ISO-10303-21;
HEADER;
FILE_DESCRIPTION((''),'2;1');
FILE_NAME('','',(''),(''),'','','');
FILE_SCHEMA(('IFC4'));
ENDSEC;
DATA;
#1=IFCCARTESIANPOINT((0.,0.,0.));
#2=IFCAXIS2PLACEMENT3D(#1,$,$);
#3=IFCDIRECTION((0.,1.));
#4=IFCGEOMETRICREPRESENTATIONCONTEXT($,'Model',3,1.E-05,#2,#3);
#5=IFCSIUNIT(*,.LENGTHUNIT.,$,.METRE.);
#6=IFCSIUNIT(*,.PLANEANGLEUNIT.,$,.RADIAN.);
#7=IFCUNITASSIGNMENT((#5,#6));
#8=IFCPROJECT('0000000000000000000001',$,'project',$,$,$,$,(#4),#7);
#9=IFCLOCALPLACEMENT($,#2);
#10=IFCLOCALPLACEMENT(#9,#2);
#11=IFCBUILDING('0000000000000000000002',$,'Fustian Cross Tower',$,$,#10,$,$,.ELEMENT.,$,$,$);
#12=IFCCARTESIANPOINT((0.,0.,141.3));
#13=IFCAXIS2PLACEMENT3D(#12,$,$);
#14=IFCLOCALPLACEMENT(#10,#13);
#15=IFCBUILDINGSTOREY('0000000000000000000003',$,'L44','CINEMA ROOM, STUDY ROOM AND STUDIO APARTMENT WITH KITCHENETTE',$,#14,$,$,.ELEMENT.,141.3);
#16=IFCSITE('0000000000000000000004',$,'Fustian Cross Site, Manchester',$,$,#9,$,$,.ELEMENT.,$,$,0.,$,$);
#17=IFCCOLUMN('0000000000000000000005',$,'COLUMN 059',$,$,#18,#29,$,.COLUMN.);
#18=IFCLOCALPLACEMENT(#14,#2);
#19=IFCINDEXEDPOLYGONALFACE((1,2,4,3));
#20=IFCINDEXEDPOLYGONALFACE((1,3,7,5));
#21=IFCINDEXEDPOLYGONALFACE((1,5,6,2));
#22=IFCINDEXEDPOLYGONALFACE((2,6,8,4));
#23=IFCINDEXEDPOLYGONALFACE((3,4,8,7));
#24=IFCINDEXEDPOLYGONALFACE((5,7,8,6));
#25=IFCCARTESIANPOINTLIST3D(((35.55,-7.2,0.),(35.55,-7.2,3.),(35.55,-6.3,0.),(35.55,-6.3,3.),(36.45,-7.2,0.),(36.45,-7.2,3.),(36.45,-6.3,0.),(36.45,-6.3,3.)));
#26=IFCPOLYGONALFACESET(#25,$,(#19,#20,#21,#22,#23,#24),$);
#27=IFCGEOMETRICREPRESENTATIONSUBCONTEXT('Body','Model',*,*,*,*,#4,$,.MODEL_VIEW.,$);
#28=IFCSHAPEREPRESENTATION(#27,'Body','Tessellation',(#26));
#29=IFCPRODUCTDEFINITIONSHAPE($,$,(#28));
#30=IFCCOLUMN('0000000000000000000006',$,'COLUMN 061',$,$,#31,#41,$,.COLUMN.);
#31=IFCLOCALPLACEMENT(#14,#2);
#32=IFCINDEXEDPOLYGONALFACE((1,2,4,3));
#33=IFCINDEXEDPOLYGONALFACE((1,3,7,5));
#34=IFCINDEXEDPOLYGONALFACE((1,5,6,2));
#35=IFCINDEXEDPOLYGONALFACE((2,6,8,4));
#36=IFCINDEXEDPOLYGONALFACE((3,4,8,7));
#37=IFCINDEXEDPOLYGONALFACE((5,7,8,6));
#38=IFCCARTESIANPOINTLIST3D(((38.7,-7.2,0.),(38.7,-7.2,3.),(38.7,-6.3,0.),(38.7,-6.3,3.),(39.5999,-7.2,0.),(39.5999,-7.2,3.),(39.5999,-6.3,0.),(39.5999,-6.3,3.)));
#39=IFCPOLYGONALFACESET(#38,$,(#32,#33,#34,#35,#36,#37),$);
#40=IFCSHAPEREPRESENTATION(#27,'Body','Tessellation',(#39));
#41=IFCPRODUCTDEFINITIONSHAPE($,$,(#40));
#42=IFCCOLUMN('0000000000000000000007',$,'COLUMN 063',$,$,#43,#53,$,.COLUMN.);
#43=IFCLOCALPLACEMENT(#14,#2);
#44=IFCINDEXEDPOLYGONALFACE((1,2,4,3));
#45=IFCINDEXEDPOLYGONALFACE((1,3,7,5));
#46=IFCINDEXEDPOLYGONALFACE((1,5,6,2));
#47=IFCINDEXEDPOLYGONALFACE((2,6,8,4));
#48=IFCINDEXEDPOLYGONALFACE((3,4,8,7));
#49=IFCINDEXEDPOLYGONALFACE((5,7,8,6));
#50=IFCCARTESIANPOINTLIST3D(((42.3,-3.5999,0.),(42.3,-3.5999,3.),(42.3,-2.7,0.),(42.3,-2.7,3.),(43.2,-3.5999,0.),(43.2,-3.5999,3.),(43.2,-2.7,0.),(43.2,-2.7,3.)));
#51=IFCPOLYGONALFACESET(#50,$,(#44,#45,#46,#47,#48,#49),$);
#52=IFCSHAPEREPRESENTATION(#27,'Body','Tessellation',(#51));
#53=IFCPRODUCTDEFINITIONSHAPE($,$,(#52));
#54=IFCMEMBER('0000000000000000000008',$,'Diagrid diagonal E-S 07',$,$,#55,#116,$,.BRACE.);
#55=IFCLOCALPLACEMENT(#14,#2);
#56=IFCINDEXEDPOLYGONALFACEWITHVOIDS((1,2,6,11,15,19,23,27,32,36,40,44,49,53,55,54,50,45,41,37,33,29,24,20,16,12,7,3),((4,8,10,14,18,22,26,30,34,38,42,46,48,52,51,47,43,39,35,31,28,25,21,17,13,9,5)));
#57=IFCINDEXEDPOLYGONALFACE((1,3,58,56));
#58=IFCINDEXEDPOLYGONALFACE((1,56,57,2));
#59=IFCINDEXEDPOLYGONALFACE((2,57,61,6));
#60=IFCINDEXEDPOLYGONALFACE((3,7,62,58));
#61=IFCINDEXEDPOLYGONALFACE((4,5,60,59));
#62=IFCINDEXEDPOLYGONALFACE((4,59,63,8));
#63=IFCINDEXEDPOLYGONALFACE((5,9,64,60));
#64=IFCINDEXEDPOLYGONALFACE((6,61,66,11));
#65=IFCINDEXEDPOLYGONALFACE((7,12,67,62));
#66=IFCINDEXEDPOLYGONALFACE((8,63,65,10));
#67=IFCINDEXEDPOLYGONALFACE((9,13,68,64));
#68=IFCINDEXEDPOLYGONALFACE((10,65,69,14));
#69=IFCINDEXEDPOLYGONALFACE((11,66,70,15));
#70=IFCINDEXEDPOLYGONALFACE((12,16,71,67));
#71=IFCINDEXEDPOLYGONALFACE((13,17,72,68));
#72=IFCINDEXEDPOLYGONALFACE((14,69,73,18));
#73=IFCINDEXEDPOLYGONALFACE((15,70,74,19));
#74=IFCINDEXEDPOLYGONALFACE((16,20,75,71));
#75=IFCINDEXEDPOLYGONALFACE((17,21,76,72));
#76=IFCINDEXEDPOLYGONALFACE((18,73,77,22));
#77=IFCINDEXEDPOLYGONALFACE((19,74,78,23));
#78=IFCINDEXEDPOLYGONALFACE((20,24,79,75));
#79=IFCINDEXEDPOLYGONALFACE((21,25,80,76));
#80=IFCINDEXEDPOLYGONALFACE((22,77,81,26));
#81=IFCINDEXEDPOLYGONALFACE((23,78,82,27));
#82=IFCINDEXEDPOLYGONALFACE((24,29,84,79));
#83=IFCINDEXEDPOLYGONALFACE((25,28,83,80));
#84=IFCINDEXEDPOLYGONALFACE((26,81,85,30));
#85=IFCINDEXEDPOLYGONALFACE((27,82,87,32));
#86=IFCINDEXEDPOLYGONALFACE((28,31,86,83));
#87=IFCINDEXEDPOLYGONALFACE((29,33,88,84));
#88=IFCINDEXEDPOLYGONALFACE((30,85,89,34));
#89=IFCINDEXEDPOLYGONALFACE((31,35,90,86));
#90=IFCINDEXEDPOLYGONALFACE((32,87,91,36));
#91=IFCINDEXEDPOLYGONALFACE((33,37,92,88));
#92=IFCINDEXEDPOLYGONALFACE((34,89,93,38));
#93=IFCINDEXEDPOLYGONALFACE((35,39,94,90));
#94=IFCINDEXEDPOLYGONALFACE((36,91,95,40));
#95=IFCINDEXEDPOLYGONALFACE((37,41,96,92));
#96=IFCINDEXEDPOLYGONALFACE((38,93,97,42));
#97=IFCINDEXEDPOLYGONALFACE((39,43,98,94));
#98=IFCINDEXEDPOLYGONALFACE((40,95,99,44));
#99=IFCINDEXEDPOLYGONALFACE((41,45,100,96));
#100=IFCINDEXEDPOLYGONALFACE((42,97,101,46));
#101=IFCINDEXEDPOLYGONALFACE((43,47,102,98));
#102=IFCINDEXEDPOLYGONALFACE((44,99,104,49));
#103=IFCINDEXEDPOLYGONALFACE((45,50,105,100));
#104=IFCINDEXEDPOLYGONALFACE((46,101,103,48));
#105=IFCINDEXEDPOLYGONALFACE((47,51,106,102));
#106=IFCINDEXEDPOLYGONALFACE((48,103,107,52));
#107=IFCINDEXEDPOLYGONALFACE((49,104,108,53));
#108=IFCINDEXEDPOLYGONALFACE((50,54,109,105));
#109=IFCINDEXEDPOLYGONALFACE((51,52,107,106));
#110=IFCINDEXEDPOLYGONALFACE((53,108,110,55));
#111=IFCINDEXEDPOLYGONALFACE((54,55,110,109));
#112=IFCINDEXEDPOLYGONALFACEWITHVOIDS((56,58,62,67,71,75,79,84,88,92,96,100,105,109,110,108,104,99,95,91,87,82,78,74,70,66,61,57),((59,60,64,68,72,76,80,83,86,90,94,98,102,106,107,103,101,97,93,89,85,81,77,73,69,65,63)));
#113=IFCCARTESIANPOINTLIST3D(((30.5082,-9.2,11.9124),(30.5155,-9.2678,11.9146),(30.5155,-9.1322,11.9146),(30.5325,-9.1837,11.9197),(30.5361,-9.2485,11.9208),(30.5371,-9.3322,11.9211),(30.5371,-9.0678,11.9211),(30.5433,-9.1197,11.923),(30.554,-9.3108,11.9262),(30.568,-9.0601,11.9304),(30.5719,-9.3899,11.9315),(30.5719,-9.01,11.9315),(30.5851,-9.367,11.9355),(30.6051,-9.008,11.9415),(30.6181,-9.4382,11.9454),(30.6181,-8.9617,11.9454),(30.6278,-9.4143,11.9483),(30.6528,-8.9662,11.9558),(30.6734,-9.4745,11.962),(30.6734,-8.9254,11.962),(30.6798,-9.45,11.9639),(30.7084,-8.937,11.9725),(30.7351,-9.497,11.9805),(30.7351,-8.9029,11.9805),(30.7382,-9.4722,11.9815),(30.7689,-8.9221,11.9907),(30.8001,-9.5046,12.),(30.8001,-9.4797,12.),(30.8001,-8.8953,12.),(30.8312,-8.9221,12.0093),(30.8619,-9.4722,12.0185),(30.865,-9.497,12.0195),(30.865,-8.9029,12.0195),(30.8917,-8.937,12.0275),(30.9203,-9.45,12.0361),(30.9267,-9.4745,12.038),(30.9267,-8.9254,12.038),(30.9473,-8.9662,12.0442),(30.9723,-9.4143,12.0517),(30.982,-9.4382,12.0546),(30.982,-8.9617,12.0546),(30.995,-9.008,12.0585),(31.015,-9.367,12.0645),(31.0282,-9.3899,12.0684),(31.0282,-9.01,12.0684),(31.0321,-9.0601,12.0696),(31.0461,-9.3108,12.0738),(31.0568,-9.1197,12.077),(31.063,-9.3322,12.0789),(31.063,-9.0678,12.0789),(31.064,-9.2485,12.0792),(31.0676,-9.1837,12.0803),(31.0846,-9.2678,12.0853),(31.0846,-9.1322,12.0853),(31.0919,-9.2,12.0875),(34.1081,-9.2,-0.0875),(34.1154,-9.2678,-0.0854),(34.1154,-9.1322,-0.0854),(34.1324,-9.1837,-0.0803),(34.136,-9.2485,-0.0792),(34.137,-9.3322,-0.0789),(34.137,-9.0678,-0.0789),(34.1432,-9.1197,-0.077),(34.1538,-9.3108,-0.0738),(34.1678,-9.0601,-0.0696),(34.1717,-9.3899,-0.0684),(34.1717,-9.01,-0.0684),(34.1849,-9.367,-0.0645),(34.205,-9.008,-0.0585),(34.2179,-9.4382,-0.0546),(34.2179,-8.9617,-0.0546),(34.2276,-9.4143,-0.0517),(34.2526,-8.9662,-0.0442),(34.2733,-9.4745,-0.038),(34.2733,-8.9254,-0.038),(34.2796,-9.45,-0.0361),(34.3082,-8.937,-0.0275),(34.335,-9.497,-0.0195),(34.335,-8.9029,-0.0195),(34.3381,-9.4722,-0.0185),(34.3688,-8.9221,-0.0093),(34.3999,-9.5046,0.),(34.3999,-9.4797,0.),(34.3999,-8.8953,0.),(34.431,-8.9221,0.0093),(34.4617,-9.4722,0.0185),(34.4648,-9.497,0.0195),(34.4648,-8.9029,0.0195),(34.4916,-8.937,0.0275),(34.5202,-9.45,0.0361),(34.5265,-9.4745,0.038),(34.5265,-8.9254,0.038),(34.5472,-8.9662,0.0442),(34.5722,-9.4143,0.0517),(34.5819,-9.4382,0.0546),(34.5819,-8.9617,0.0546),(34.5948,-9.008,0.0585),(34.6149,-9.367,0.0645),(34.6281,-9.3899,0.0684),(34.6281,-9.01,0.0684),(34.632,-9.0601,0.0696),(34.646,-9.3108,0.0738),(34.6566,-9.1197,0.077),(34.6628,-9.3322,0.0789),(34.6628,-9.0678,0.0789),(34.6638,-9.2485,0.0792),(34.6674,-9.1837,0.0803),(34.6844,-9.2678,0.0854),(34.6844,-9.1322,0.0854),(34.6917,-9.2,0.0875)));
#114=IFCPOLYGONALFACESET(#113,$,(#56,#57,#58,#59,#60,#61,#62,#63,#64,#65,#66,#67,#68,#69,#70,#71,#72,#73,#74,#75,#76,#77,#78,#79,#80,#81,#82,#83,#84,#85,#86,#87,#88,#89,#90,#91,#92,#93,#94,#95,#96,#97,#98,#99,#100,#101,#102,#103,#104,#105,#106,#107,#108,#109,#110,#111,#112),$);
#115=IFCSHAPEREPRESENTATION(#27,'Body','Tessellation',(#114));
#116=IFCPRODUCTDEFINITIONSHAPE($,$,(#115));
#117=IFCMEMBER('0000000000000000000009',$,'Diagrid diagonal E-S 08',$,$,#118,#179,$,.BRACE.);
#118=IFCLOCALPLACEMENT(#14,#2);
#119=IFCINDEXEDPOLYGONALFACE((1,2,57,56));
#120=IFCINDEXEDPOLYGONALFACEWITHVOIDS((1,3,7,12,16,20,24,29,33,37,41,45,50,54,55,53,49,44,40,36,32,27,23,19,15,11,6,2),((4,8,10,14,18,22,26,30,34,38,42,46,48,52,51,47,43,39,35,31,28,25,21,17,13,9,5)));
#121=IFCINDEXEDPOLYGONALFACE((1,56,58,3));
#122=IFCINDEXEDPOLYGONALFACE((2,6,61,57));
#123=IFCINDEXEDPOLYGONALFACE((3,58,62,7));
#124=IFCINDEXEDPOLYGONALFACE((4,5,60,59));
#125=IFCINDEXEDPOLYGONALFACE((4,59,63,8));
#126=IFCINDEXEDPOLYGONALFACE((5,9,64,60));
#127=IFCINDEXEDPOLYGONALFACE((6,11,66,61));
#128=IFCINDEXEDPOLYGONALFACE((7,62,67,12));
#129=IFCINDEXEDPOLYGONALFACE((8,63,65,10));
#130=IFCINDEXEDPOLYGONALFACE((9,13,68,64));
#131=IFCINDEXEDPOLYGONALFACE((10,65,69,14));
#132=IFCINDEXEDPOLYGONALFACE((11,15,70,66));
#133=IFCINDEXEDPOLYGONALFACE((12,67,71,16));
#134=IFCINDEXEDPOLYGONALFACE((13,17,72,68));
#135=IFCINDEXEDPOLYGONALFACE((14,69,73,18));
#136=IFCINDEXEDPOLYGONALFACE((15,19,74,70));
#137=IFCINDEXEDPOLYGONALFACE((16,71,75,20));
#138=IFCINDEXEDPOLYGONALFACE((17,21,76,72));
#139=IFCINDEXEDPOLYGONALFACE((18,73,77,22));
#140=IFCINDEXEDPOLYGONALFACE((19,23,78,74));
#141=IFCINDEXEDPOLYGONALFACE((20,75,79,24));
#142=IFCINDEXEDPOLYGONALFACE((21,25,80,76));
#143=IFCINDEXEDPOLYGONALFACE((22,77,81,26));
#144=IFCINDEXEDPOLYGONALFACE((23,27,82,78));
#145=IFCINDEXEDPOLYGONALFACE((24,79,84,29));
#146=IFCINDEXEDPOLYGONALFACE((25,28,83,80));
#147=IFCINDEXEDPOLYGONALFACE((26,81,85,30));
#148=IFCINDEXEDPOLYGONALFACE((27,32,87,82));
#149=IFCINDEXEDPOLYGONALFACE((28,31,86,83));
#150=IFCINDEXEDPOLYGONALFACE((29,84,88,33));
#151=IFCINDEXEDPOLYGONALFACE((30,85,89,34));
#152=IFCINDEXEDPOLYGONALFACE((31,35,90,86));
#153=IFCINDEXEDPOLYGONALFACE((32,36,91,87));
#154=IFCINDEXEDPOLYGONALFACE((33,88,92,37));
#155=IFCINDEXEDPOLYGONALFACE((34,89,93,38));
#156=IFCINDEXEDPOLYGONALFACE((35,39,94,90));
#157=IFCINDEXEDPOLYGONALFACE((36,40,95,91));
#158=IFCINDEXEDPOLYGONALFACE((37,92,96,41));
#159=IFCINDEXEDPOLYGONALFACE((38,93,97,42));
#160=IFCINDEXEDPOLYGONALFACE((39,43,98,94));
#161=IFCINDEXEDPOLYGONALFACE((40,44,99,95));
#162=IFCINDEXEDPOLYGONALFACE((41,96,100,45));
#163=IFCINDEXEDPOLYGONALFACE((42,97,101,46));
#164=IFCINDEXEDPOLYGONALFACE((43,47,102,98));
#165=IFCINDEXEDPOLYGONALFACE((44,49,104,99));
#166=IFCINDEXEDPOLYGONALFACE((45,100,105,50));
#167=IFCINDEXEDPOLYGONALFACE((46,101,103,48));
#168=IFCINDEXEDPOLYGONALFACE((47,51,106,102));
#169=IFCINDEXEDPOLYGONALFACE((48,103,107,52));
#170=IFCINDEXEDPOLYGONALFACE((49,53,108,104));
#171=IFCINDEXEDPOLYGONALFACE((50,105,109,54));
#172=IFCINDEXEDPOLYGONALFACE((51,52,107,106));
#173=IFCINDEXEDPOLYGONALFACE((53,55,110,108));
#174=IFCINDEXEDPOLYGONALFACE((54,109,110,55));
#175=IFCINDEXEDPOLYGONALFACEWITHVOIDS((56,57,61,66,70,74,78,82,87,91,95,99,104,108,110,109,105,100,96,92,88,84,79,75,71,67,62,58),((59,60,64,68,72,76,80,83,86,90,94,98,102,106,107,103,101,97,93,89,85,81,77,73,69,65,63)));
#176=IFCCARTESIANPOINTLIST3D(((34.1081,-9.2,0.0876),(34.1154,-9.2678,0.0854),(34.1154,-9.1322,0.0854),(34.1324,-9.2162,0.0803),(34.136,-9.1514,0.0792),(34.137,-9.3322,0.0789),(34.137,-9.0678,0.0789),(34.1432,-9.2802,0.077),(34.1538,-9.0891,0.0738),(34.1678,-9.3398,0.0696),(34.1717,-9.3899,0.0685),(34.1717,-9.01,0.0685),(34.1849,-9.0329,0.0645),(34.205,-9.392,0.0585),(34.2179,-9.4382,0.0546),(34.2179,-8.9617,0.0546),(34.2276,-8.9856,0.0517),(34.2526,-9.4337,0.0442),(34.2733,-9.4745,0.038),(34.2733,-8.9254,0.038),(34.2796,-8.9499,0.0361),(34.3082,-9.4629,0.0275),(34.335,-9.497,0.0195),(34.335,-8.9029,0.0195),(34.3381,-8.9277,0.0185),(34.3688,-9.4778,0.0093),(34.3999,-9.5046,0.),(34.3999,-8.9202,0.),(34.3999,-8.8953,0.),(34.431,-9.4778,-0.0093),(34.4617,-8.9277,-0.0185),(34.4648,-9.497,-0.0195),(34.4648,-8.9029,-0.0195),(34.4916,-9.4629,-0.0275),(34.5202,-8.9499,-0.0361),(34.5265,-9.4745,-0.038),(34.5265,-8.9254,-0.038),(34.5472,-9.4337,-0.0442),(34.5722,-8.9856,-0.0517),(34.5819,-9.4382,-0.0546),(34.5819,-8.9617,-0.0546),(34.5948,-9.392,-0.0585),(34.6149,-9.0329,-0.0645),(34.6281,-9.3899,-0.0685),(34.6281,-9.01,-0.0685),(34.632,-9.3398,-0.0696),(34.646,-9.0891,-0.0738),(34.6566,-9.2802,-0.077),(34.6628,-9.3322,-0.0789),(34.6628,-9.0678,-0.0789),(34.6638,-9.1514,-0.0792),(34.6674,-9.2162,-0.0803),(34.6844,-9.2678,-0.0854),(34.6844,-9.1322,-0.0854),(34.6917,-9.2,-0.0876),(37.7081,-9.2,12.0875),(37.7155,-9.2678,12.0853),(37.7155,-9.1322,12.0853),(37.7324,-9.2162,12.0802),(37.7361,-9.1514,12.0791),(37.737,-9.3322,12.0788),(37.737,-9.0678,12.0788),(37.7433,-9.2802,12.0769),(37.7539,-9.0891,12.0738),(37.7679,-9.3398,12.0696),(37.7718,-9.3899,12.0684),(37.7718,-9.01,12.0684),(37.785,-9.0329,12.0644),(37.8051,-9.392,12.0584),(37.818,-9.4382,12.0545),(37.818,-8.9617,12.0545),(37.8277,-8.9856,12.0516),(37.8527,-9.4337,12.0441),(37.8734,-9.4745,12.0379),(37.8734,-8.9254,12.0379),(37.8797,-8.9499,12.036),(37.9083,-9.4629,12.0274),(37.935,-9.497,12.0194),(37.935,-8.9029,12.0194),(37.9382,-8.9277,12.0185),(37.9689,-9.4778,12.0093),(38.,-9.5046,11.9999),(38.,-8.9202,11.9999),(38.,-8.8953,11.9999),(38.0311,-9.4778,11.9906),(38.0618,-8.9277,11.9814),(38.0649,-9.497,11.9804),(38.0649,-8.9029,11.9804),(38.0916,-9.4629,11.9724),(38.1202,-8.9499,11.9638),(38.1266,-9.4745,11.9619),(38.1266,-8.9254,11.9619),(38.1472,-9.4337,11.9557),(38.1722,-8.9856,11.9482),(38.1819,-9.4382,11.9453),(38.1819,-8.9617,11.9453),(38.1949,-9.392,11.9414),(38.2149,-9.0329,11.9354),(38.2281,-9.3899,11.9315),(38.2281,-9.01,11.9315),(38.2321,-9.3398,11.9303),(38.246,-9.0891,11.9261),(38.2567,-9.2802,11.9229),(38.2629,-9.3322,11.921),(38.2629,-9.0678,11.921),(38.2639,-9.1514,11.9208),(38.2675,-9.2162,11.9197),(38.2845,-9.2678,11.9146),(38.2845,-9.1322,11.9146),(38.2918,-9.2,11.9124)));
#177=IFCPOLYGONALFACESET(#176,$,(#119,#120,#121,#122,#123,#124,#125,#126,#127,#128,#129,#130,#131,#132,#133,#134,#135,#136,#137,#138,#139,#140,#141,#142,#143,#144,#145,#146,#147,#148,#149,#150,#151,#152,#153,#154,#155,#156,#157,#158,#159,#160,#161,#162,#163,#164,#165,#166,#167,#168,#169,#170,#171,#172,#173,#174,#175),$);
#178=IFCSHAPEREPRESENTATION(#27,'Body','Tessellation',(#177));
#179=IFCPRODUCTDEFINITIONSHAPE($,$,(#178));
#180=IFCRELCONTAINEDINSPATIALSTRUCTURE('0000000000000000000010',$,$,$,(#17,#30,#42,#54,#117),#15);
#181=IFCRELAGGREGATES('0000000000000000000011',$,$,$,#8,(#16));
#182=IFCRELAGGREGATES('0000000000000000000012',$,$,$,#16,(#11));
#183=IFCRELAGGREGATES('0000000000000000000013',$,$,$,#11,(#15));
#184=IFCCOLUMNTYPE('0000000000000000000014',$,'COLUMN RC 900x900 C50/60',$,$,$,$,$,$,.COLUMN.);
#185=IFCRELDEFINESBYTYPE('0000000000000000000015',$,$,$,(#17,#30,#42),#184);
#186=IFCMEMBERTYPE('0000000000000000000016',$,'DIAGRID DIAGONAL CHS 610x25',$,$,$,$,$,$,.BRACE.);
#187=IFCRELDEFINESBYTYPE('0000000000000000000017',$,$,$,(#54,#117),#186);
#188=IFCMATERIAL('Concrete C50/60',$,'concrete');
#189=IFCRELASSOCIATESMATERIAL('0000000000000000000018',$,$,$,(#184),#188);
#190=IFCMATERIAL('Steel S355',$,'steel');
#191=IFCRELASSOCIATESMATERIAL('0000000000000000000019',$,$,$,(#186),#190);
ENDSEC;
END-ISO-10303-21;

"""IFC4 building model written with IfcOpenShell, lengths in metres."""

from ifc_helpers import new_model, si_unit, direction, frame, origin, origin_2d, place, context, subcontext, project, spatial, rectangle, hollow_circle, extrude, material, material_profile, profile_set, type_object, element, save


model = new_model("IFC4")

# Units and contexts
model_context = context("Model", 3, precision=1e-05, world=origin(), true_north=direction((0.0, 1.0)))
body_context = subcontext(model_context, "Body", "Model", "MODEL_VIEW")
ifc_project = project(units=[si_unit("LENGTHUNIT", "METRE"), si_unit("PLANEANGLEUNIT", "RADIAN")], contexts=[model_context])

# Site, building, storey
site_placement = place(None, origin())
site = spatial("IfcSite", under=ifc_project, at=site_placement, Name="Fustian Cross Site, Manchester", CompositionType="ELEMENT", RefElevation=0.0)
building_placement = place(site_placement, origin())
building = spatial("IfcBuilding", under=site, at=building_placement, Name="Fustian Cross Tower", CompositionType="ELEMENT")
storey_placement = place(building_placement, frame((0.0, 0.0, 141.3)))
storey = spatial("IfcBuildingStorey", under=building, at=storey_placement, Name="L44", Description="CINEMA ROOM, STUDY ROOM AND STUDIO APARTMENT WITH KITCHENETTE", CompositionType="ELEMENT", Elevation=141.3)

# Columns
ifc_material_1 = material(Name="Concrete C50/60", Category="concrete")
ifc_material_profile_1 = material_profile(ifc_material_1, rectangle(XDim=0.8999, YDim=0.8999, at=origin_2d()), Name="RC 900x900")
ifc_profile_set_1 = profile_set([ifc_material_profile_1], Name="Concrete C50/60")
column_type = type_object("IfcColumnType", Name="COLUMN RC 900x900 C50/60", PredefinedType="COLUMN", material=ifc_profile_set_1)
for number, where, z_axis, x_axis, name in (
    (1, (36.0, -6.75, 0.0), (0.0, 0.0, 1.0), (1.0, 0.0, 0.0), "COLUMN 059"),
    (2, (39.1499, -6.75, 0.0), (0.0, 0.0, 1.0), (1.0, 0.0, 0.0), "COLUMN 061"),
    (3, (42.75, -3.1499, 0.0), (0.0, 0.0, 1.0), (1.0, 0.0, 0.0), "COLUMN 063"),
):
    element("IfcColumn", number, at=place(storey_placement, frame(where, z_axis=z_axis, x_axis=x_axis)), inside=storey, type_object=column_type, Name=name, PredefinedType="COLUMN", context=body_context, shape_type="SweptSolid", body=[
        extrude(rectangle(XDim=0.8999, YDim=0.8999, at=origin_2d()), origin(), (0.0, 0.0, 1.0), 3.0),
    ])

# Members
ifc_material_2 = material(Name="Steel S355", Category="steel")
ifc_material_profile_2 = material_profile(ifc_material_2, hollow_circle(Radius=0.3047, WallThickness=0.0249, at=origin_2d()), Name="CHS 610x25")
ifc_profile_set_2 = profile_set([ifc_material_profile_2], Name="Steel S355")
member_type_1 = type_object("IfcMemberType", Name="DIAGRID DIAGONAL CHS 610x25", PredefinedType="BRACE", material=ifc_profile_set_2)
for number, where, z_axis, x_axis, name in (
    (4, (34.3999, -9.2, 0.0), (-0.287337, 0.0, 0.95783), (0.0, -1.0, 0.0), "Diagrid diagonal E-S 07"),
    (5, (34.3999, -9.2, 0.0), (0.287355, 0.0, 0.957824), (0.0, 1.0, 0.0), "Diagrid diagonal E-S 08"),
):
    element("IfcMember", number, at=place(storey_placement, frame(where, z_axis=z_axis, x_axis=x_axis)), inside=storey, type_object=member_type_1, Name=name, PredefinedType="BRACE", context=body_context, shape_type="SweptSolid", body=[
        extrude(hollow_circle(Radius=0.3047, WallThickness=0.0249, at=origin_2d()), origin(), (0.0, 0.0, 1.0), 12.5283),
    ])

save(model, "model.ifc")
